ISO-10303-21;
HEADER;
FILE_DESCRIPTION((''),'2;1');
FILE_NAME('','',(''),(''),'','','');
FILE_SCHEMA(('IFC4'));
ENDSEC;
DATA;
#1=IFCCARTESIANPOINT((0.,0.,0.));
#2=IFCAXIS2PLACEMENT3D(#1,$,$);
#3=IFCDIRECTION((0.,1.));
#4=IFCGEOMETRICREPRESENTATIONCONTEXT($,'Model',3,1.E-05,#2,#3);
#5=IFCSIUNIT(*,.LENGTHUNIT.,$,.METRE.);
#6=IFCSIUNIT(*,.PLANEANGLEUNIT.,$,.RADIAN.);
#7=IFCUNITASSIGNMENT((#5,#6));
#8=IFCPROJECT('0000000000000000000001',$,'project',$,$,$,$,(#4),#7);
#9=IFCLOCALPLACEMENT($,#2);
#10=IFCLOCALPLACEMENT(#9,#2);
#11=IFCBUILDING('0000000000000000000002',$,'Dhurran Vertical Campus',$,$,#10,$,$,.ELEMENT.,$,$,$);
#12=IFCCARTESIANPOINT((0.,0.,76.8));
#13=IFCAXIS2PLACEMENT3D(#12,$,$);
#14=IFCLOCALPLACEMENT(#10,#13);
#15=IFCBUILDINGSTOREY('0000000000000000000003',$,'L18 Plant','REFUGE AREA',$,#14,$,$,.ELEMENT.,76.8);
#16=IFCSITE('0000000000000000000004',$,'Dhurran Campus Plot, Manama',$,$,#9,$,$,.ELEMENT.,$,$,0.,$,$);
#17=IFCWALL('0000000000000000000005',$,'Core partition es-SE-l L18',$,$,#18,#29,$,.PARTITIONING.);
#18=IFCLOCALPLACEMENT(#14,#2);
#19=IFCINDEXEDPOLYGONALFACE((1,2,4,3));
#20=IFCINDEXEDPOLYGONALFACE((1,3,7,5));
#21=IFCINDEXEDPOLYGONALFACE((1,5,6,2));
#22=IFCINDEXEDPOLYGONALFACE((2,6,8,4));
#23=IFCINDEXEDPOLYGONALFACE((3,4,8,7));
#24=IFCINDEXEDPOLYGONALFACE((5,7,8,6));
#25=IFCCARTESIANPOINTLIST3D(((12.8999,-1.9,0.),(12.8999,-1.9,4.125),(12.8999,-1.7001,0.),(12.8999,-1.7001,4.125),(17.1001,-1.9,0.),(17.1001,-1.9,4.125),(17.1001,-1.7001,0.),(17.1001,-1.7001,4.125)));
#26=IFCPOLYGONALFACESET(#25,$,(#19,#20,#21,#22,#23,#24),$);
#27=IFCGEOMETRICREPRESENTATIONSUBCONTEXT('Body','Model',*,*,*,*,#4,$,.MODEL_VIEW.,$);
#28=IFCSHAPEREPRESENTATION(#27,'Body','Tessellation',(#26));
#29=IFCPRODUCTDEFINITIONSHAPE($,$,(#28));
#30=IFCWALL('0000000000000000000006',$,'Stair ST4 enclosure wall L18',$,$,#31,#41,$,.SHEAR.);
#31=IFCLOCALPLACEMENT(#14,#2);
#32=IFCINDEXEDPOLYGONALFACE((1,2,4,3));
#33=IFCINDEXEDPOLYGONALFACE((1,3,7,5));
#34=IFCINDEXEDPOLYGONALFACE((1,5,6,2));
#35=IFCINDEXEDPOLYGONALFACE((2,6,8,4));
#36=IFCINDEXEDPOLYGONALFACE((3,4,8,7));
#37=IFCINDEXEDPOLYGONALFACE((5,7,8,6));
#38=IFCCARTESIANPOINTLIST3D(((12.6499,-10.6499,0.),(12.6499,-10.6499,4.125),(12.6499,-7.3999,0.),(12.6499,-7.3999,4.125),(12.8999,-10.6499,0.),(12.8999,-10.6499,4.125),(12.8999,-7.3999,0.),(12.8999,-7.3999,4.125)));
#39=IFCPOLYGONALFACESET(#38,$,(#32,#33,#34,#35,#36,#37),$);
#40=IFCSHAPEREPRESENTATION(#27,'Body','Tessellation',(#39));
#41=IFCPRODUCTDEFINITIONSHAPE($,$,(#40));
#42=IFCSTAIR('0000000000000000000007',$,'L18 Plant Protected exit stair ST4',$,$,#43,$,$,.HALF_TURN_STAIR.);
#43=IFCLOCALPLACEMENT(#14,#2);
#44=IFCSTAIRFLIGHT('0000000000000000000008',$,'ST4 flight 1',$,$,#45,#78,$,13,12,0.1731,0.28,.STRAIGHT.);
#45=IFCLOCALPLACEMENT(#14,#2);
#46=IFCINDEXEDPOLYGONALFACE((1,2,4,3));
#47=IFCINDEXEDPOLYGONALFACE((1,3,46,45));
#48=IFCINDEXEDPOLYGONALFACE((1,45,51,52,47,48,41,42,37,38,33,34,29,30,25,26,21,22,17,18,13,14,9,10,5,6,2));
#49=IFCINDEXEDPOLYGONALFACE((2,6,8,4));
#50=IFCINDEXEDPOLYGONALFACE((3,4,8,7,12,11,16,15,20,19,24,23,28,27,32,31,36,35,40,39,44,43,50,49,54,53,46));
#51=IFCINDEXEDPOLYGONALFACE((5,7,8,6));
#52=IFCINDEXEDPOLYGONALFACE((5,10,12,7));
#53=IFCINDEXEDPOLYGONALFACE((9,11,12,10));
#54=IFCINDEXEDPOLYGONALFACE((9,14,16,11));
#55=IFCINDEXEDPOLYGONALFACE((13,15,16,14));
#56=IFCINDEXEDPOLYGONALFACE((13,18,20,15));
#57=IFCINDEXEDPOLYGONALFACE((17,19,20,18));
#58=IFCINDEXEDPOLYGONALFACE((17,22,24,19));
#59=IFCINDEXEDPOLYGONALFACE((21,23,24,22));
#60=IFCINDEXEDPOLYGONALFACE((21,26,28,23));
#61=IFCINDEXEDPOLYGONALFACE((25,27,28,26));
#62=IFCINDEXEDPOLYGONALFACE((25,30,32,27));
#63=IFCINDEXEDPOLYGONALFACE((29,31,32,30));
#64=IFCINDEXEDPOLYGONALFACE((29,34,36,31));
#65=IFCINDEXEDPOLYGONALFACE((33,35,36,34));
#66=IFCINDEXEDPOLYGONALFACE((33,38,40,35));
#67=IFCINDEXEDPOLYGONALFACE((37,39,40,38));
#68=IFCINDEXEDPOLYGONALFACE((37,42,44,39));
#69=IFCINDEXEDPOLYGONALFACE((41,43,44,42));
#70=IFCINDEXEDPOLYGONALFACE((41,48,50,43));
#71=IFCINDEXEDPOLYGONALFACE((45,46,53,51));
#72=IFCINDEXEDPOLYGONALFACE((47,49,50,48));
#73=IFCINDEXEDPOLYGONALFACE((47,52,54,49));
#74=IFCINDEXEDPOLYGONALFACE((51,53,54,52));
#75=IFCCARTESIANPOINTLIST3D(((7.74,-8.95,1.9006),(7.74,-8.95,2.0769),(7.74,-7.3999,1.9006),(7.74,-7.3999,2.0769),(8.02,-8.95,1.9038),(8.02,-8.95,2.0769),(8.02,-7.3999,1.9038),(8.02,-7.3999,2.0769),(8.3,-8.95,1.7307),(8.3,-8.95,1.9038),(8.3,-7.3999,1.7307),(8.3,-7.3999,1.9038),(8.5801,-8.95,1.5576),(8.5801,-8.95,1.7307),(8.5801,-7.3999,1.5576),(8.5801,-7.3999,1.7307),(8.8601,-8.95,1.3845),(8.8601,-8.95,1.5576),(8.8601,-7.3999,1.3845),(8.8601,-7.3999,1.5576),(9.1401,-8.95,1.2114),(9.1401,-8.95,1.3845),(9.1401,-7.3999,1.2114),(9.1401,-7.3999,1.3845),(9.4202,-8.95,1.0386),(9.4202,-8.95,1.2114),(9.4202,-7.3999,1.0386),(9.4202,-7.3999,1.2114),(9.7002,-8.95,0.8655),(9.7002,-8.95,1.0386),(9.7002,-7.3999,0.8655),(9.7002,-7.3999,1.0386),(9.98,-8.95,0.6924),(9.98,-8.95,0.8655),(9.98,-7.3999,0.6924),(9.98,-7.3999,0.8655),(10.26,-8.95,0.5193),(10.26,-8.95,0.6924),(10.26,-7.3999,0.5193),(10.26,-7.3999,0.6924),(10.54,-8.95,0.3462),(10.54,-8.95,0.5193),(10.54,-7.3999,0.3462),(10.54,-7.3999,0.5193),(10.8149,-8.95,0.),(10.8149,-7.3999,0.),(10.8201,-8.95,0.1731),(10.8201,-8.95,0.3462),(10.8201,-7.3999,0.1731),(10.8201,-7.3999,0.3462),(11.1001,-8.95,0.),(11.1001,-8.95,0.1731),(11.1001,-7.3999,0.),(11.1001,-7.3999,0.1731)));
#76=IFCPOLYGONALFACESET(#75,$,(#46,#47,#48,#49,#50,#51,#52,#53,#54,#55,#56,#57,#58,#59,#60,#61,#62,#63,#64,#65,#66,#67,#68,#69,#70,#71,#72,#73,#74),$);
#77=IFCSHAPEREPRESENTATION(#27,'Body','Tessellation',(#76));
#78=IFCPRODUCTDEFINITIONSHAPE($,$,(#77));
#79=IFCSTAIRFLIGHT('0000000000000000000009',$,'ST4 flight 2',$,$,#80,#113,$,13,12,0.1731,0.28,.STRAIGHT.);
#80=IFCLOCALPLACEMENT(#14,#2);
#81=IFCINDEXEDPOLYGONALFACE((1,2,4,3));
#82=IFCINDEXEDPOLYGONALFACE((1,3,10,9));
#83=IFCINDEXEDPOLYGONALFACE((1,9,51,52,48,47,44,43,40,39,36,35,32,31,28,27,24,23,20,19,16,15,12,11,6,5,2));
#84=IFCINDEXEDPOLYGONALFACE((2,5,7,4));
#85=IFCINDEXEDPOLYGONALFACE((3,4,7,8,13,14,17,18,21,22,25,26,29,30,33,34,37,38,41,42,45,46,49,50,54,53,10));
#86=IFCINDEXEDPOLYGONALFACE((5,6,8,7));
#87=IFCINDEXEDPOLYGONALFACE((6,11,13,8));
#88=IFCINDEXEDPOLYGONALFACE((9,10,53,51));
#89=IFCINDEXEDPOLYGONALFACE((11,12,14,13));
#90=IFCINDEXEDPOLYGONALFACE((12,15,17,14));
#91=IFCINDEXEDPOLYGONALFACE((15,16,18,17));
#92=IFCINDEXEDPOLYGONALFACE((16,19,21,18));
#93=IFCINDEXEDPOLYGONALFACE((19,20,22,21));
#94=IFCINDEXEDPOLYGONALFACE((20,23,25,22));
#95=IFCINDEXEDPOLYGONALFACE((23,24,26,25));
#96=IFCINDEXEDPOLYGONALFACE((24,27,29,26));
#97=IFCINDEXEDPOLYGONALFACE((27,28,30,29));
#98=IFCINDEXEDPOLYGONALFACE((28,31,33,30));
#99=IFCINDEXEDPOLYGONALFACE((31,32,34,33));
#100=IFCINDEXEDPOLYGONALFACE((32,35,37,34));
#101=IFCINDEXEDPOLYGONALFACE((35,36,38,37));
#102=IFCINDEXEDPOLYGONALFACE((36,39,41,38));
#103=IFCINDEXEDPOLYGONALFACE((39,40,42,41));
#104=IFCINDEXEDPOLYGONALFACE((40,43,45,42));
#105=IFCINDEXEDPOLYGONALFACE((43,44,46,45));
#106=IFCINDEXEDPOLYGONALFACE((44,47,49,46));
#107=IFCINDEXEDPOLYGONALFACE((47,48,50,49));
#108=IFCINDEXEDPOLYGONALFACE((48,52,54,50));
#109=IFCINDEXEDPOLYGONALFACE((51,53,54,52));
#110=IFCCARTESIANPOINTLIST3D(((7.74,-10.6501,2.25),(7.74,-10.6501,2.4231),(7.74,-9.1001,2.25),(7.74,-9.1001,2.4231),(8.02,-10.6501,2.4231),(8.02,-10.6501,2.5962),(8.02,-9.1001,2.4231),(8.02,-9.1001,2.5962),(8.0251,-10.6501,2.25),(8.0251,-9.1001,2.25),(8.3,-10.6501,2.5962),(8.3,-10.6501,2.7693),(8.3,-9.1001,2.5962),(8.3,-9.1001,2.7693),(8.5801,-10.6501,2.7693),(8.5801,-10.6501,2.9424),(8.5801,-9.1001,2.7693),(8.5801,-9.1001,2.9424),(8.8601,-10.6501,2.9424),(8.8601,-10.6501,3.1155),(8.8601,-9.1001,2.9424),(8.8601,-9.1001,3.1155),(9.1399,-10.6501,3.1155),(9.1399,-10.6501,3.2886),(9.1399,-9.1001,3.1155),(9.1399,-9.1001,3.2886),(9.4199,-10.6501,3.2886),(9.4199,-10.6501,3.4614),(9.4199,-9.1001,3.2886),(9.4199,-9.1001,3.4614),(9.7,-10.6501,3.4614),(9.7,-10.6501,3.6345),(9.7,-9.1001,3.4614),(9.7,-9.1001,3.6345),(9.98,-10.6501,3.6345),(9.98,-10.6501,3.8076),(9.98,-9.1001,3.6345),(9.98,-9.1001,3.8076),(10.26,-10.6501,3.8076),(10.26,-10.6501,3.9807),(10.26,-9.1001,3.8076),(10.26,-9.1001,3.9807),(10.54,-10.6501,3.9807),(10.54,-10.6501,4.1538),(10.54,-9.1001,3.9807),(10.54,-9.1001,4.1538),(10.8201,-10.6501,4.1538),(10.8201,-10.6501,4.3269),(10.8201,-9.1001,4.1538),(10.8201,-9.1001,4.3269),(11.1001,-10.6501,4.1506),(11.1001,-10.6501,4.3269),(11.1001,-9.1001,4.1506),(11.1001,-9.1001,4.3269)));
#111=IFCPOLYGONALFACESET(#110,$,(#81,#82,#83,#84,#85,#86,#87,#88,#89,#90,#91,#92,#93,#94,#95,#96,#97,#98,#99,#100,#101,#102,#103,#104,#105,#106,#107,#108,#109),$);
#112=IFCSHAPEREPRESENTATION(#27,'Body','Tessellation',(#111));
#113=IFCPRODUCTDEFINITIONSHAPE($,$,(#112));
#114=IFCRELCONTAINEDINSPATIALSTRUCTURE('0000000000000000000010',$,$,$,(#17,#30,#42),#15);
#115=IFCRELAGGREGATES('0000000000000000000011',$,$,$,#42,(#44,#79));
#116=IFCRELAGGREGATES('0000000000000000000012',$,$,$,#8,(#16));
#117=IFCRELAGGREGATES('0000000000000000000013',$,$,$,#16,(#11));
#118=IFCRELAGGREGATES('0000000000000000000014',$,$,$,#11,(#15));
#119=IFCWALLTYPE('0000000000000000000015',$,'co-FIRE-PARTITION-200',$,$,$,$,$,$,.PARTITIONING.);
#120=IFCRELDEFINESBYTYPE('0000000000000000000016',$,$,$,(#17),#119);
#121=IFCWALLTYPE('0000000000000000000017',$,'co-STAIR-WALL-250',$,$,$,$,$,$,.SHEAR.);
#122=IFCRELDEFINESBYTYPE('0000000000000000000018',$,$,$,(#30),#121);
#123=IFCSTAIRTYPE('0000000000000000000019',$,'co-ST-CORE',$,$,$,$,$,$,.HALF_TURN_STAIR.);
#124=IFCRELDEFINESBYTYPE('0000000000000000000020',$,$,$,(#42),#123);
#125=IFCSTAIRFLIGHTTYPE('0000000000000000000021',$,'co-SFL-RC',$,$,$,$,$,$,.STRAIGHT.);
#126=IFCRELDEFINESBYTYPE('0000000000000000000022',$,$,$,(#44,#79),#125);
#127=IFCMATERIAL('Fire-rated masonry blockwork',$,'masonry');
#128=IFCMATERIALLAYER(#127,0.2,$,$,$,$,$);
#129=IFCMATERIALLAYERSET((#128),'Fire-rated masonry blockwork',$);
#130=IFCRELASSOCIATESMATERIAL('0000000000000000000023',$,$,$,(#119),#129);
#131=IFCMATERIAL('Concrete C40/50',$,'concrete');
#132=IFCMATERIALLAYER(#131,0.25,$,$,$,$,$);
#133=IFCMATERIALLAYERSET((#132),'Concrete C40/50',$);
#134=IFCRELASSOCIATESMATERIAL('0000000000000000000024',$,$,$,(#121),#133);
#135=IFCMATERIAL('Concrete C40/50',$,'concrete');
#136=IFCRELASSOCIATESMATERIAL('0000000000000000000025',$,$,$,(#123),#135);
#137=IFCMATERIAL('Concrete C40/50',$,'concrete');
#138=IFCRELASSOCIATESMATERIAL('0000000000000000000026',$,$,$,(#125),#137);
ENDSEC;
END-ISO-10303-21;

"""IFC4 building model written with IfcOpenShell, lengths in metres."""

from ifc_helpers import new_model, si_unit, direction, frame, frame_2d, origin, place, context, subcontext, project, spatial, polyline, rectangle, outline, extrude, material, layer, layer_set, type_object, element, aggregate, save


model = new_model("IFC4")

# Units and contexts
model_context = context("Model", 3, precision=1e-05, world=origin(), true_north=direction((0.0, 1.0)))
body_context = subcontext(model_context, "Body", "Model", "MODEL_VIEW")
ifc_project = project(units=[si_unit("LENGTHUNIT", "METRE"), si_unit("PLANEANGLEUNIT", "RADIAN")], contexts=[model_context])

# Site, building, storey
site_placement = place(None, origin())
site = spatial("IfcSite", under=ifc_project, at=site_placement, Name="Dhurran Campus Plot, Manama", CompositionType="ELEMENT", RefElevation=0.0)
building_placement = place(site_placement, origin())
building = spatial("IfcBuilding", under=site, at=building_placement, Name="Dhurran Vertical Campus", CompositionType="ELEMENT")
storey_placement = place(building_placement, frame((0.0, 0.0, 76.8)))
storey = spatial("IfcBuildingStorey", under=building, at=storey_placement, Name="L18 Plant", Description="REFUGE AREA", CompositionType="ELEMENT", Elevation=76.8)

# Shared definitions
ifc_material_1 = material(Name="Fire-rated masonry blockwork", Category="masonry")
ifc_layer_1 = layer(ifc_material_1, 0.2)
ifc_layer_set_1 = layer_set([ifc_layer_1], Name="Fire-rated masonry blockwork")
wall_type_1 = type_object("IfcWallType", Name="co-FIRE-PARTITION-200", PredefinedType="PARTITIONING", material=ifc_layer_set_1)

# Walls
wall_1_placement = place(storey_placement, frame((12.8999, -1.8, 0.0), z_axis=(0.0, 0.0, 1.0), x_axis=(1.0, 0.0, 0.0)))
element("IfcWall", 1, at=wall_1_placement, inside=storey, type_object=wall_type_1, Name="Core partition es-SE-l L18", PredefinedType="PARTITIONING", context=body_context, shape_type="SweptSolid", body=[
    extrude(rectangle(XDim=4.2002, YDim=0.2, at=frame_2d((2.1001, 0.0))), origin(), (0.0, 0.0, 1.0), 4.125),
])
ifc_material_2 = material(Name="Concrete C40/50", Category="concrete")
ifc_layer_2 = layer(ifc_material_2, 0.25)
ifc_layer_set_2 = layer_set([ifc_layer_2], Name="Concrete C40/50")
wall_type_2 = type_object("IfcWallType", Name="co-STAIR-WALL-250", PredefinedType="SHEAR", material=ifc_layer_set_2)
wall_2_placement = place(storey_placement, frame((12.7749, -10.6499, 0.0), z_axis=(0.0, 0.0, 1.0), x_axis=(0.0, 1.0, 0.0)))
element("IfcWall", 2, at=wall_2_placement, inside=storey, type_object=wall_type_2, Name="Stair ST4 enclosure wall L18", PredefinedType="SHEAR", context=body_context, shape_type="SweptSolid", body=[
    extrude(rectangle(XDim=3.25, YDim=0.25, at=frame_2d((1.625, 0.0))), origin(), (0.0, 0.0, 1.0), 4.125),
])

# Stair, stair flights
ifc_material_3 = material(Name="Concrete C40/50", Category="concrete")
stair_type = type_object("IfcStairType", Name="co-ST-CORE", PredefinedType="HALF_TURN_STAIR", material=ifc_material_3)
stair_placement = place(storey_placement, origin())
stair = element("IfcStair", 3, at=stair_placement, inside=storey, type_object=stair_type, Name="L18 Plant Protected exit stair ST4", PredefinedType="HALF_TURN_STAIR")
ifc_material_4 = material(Name="Concrete C40/50", Category="concrete")
stair_flight_type = type_object("IfcStairFlightType", Name="co-SFL-RC", PredefinedType="STRAIGHT", material=ifc_material_4)
stair_flight_1_placement = place(storey_placement, frame((11.1001, -8.175, 0.0), z_axis=(0.0, 0.0, 1.0), x_axis=(-1.0, 0.0, 0.0)))
stair_flight_1 = element("IfcStairFlight", 4, at=stair_flight_1_placement, type_object=stair_flight_type, Name="ST4 flight 1", NumberOfRisers=13, NumberOfTreads=12, PredefinedType="STRAIGHT", RiserHeight=0.1731, TreadLength=0.28, context=body_context, shape_type="SweptSolid", body=[
    extrude(outline(polyline([(0.0, 0.0), (0.0, 0.1731), (0.28, 0.1731), (0.28, 0.3462), (0.5601, 0.3462), (0.5601, 0.5193), (0.8401, 0.5193), (0.8401, 0.6924), (1.1201, 0.6924), (1.1201, 0.8655), (1.3999, 0.8655), (1.3999, 1.0386), (1.6799, 1.0386), (1.6799, 1.2114), (1.96, 1.2114), (1.96, 1.3845), (2.24, 1.3845), (2.24, 1.5576), (2.52, 1.5576), (2.52, 1.7307), (2.8, 1.7307), (2.8, 1.9038), (3.0801, 1.9038), (3.0801, 2.0769), (3.3601, 2.0769), (3.3601, 2.25), (3.3601, 1.9006), (0.2852, 0.0), (0.0, 0.0)])), frame((0.0, 0.7749, 0.0), z_axis=(0.0, -1.0, 0.0), x_axis=(1.0, 0.0, 0.0)), (0.0, 0.0, 1.0), 1.55),
])
stair_flight_2_placement = place(storey_placement, frame((7.74, -9.875, 2.25), z_axis=(0.0, 0.0, 1.0), x_axis=(1.0, 0.0, 0.0)))
stair_flight_2 = element("IfcStairFlight", 5, at=stair_flight_2_placement, type_object=stair_flight_type, Name="ST4 flight 2", NumberOfRisers=13, NumberOfTreads=12, PredefinedType="STRAIGHT", RiserHeight=0.1731, TreadLength=0.28, context=body_context, shape_type="SweptSolid", body=[
    extrude(outline(polyline([(0.0, 0.0), (0.0, 0.1731), (0.28, 0.1731), (0.28, 0.3462), (0.5601, 0.3462), (0.5601, 0.5193), (0.8401, 0.5193), (0.8401, 0.6924), (1.1201, 0.6924), (1.1201, 0.8655), (1.3999, 0.8655), (1.3999, 1.0386), (1.6799, 1.0386), (1.6799, 1.2114), (1.96, 1.2114), (1.96, 1.3845), (2.24, 1.3845), (2.24, 1.5576), (2.52, 1.5576), (2.52, 1.7307), (2.8, 1.7307), (2.8, 1.9038), (3.0801, 1.9038), (3.0801, 2.0769), (3.3601, 2.0769), (3.3601, 2.25), (3.3601, 1.9006), (0.2852, 0.0), (0.0, 0.0)])), frame((0.0, 0.7749, 0.0), z_axis=(0.0, -1.0, 0.0), x_axis=(1.0, 0.0, 0.0)), (0.0, 0.0, 1.0), 1.55),
])
aggregate(stair, [stair_flight_1, stair_flight_2])

save(model, "model.ifc")
